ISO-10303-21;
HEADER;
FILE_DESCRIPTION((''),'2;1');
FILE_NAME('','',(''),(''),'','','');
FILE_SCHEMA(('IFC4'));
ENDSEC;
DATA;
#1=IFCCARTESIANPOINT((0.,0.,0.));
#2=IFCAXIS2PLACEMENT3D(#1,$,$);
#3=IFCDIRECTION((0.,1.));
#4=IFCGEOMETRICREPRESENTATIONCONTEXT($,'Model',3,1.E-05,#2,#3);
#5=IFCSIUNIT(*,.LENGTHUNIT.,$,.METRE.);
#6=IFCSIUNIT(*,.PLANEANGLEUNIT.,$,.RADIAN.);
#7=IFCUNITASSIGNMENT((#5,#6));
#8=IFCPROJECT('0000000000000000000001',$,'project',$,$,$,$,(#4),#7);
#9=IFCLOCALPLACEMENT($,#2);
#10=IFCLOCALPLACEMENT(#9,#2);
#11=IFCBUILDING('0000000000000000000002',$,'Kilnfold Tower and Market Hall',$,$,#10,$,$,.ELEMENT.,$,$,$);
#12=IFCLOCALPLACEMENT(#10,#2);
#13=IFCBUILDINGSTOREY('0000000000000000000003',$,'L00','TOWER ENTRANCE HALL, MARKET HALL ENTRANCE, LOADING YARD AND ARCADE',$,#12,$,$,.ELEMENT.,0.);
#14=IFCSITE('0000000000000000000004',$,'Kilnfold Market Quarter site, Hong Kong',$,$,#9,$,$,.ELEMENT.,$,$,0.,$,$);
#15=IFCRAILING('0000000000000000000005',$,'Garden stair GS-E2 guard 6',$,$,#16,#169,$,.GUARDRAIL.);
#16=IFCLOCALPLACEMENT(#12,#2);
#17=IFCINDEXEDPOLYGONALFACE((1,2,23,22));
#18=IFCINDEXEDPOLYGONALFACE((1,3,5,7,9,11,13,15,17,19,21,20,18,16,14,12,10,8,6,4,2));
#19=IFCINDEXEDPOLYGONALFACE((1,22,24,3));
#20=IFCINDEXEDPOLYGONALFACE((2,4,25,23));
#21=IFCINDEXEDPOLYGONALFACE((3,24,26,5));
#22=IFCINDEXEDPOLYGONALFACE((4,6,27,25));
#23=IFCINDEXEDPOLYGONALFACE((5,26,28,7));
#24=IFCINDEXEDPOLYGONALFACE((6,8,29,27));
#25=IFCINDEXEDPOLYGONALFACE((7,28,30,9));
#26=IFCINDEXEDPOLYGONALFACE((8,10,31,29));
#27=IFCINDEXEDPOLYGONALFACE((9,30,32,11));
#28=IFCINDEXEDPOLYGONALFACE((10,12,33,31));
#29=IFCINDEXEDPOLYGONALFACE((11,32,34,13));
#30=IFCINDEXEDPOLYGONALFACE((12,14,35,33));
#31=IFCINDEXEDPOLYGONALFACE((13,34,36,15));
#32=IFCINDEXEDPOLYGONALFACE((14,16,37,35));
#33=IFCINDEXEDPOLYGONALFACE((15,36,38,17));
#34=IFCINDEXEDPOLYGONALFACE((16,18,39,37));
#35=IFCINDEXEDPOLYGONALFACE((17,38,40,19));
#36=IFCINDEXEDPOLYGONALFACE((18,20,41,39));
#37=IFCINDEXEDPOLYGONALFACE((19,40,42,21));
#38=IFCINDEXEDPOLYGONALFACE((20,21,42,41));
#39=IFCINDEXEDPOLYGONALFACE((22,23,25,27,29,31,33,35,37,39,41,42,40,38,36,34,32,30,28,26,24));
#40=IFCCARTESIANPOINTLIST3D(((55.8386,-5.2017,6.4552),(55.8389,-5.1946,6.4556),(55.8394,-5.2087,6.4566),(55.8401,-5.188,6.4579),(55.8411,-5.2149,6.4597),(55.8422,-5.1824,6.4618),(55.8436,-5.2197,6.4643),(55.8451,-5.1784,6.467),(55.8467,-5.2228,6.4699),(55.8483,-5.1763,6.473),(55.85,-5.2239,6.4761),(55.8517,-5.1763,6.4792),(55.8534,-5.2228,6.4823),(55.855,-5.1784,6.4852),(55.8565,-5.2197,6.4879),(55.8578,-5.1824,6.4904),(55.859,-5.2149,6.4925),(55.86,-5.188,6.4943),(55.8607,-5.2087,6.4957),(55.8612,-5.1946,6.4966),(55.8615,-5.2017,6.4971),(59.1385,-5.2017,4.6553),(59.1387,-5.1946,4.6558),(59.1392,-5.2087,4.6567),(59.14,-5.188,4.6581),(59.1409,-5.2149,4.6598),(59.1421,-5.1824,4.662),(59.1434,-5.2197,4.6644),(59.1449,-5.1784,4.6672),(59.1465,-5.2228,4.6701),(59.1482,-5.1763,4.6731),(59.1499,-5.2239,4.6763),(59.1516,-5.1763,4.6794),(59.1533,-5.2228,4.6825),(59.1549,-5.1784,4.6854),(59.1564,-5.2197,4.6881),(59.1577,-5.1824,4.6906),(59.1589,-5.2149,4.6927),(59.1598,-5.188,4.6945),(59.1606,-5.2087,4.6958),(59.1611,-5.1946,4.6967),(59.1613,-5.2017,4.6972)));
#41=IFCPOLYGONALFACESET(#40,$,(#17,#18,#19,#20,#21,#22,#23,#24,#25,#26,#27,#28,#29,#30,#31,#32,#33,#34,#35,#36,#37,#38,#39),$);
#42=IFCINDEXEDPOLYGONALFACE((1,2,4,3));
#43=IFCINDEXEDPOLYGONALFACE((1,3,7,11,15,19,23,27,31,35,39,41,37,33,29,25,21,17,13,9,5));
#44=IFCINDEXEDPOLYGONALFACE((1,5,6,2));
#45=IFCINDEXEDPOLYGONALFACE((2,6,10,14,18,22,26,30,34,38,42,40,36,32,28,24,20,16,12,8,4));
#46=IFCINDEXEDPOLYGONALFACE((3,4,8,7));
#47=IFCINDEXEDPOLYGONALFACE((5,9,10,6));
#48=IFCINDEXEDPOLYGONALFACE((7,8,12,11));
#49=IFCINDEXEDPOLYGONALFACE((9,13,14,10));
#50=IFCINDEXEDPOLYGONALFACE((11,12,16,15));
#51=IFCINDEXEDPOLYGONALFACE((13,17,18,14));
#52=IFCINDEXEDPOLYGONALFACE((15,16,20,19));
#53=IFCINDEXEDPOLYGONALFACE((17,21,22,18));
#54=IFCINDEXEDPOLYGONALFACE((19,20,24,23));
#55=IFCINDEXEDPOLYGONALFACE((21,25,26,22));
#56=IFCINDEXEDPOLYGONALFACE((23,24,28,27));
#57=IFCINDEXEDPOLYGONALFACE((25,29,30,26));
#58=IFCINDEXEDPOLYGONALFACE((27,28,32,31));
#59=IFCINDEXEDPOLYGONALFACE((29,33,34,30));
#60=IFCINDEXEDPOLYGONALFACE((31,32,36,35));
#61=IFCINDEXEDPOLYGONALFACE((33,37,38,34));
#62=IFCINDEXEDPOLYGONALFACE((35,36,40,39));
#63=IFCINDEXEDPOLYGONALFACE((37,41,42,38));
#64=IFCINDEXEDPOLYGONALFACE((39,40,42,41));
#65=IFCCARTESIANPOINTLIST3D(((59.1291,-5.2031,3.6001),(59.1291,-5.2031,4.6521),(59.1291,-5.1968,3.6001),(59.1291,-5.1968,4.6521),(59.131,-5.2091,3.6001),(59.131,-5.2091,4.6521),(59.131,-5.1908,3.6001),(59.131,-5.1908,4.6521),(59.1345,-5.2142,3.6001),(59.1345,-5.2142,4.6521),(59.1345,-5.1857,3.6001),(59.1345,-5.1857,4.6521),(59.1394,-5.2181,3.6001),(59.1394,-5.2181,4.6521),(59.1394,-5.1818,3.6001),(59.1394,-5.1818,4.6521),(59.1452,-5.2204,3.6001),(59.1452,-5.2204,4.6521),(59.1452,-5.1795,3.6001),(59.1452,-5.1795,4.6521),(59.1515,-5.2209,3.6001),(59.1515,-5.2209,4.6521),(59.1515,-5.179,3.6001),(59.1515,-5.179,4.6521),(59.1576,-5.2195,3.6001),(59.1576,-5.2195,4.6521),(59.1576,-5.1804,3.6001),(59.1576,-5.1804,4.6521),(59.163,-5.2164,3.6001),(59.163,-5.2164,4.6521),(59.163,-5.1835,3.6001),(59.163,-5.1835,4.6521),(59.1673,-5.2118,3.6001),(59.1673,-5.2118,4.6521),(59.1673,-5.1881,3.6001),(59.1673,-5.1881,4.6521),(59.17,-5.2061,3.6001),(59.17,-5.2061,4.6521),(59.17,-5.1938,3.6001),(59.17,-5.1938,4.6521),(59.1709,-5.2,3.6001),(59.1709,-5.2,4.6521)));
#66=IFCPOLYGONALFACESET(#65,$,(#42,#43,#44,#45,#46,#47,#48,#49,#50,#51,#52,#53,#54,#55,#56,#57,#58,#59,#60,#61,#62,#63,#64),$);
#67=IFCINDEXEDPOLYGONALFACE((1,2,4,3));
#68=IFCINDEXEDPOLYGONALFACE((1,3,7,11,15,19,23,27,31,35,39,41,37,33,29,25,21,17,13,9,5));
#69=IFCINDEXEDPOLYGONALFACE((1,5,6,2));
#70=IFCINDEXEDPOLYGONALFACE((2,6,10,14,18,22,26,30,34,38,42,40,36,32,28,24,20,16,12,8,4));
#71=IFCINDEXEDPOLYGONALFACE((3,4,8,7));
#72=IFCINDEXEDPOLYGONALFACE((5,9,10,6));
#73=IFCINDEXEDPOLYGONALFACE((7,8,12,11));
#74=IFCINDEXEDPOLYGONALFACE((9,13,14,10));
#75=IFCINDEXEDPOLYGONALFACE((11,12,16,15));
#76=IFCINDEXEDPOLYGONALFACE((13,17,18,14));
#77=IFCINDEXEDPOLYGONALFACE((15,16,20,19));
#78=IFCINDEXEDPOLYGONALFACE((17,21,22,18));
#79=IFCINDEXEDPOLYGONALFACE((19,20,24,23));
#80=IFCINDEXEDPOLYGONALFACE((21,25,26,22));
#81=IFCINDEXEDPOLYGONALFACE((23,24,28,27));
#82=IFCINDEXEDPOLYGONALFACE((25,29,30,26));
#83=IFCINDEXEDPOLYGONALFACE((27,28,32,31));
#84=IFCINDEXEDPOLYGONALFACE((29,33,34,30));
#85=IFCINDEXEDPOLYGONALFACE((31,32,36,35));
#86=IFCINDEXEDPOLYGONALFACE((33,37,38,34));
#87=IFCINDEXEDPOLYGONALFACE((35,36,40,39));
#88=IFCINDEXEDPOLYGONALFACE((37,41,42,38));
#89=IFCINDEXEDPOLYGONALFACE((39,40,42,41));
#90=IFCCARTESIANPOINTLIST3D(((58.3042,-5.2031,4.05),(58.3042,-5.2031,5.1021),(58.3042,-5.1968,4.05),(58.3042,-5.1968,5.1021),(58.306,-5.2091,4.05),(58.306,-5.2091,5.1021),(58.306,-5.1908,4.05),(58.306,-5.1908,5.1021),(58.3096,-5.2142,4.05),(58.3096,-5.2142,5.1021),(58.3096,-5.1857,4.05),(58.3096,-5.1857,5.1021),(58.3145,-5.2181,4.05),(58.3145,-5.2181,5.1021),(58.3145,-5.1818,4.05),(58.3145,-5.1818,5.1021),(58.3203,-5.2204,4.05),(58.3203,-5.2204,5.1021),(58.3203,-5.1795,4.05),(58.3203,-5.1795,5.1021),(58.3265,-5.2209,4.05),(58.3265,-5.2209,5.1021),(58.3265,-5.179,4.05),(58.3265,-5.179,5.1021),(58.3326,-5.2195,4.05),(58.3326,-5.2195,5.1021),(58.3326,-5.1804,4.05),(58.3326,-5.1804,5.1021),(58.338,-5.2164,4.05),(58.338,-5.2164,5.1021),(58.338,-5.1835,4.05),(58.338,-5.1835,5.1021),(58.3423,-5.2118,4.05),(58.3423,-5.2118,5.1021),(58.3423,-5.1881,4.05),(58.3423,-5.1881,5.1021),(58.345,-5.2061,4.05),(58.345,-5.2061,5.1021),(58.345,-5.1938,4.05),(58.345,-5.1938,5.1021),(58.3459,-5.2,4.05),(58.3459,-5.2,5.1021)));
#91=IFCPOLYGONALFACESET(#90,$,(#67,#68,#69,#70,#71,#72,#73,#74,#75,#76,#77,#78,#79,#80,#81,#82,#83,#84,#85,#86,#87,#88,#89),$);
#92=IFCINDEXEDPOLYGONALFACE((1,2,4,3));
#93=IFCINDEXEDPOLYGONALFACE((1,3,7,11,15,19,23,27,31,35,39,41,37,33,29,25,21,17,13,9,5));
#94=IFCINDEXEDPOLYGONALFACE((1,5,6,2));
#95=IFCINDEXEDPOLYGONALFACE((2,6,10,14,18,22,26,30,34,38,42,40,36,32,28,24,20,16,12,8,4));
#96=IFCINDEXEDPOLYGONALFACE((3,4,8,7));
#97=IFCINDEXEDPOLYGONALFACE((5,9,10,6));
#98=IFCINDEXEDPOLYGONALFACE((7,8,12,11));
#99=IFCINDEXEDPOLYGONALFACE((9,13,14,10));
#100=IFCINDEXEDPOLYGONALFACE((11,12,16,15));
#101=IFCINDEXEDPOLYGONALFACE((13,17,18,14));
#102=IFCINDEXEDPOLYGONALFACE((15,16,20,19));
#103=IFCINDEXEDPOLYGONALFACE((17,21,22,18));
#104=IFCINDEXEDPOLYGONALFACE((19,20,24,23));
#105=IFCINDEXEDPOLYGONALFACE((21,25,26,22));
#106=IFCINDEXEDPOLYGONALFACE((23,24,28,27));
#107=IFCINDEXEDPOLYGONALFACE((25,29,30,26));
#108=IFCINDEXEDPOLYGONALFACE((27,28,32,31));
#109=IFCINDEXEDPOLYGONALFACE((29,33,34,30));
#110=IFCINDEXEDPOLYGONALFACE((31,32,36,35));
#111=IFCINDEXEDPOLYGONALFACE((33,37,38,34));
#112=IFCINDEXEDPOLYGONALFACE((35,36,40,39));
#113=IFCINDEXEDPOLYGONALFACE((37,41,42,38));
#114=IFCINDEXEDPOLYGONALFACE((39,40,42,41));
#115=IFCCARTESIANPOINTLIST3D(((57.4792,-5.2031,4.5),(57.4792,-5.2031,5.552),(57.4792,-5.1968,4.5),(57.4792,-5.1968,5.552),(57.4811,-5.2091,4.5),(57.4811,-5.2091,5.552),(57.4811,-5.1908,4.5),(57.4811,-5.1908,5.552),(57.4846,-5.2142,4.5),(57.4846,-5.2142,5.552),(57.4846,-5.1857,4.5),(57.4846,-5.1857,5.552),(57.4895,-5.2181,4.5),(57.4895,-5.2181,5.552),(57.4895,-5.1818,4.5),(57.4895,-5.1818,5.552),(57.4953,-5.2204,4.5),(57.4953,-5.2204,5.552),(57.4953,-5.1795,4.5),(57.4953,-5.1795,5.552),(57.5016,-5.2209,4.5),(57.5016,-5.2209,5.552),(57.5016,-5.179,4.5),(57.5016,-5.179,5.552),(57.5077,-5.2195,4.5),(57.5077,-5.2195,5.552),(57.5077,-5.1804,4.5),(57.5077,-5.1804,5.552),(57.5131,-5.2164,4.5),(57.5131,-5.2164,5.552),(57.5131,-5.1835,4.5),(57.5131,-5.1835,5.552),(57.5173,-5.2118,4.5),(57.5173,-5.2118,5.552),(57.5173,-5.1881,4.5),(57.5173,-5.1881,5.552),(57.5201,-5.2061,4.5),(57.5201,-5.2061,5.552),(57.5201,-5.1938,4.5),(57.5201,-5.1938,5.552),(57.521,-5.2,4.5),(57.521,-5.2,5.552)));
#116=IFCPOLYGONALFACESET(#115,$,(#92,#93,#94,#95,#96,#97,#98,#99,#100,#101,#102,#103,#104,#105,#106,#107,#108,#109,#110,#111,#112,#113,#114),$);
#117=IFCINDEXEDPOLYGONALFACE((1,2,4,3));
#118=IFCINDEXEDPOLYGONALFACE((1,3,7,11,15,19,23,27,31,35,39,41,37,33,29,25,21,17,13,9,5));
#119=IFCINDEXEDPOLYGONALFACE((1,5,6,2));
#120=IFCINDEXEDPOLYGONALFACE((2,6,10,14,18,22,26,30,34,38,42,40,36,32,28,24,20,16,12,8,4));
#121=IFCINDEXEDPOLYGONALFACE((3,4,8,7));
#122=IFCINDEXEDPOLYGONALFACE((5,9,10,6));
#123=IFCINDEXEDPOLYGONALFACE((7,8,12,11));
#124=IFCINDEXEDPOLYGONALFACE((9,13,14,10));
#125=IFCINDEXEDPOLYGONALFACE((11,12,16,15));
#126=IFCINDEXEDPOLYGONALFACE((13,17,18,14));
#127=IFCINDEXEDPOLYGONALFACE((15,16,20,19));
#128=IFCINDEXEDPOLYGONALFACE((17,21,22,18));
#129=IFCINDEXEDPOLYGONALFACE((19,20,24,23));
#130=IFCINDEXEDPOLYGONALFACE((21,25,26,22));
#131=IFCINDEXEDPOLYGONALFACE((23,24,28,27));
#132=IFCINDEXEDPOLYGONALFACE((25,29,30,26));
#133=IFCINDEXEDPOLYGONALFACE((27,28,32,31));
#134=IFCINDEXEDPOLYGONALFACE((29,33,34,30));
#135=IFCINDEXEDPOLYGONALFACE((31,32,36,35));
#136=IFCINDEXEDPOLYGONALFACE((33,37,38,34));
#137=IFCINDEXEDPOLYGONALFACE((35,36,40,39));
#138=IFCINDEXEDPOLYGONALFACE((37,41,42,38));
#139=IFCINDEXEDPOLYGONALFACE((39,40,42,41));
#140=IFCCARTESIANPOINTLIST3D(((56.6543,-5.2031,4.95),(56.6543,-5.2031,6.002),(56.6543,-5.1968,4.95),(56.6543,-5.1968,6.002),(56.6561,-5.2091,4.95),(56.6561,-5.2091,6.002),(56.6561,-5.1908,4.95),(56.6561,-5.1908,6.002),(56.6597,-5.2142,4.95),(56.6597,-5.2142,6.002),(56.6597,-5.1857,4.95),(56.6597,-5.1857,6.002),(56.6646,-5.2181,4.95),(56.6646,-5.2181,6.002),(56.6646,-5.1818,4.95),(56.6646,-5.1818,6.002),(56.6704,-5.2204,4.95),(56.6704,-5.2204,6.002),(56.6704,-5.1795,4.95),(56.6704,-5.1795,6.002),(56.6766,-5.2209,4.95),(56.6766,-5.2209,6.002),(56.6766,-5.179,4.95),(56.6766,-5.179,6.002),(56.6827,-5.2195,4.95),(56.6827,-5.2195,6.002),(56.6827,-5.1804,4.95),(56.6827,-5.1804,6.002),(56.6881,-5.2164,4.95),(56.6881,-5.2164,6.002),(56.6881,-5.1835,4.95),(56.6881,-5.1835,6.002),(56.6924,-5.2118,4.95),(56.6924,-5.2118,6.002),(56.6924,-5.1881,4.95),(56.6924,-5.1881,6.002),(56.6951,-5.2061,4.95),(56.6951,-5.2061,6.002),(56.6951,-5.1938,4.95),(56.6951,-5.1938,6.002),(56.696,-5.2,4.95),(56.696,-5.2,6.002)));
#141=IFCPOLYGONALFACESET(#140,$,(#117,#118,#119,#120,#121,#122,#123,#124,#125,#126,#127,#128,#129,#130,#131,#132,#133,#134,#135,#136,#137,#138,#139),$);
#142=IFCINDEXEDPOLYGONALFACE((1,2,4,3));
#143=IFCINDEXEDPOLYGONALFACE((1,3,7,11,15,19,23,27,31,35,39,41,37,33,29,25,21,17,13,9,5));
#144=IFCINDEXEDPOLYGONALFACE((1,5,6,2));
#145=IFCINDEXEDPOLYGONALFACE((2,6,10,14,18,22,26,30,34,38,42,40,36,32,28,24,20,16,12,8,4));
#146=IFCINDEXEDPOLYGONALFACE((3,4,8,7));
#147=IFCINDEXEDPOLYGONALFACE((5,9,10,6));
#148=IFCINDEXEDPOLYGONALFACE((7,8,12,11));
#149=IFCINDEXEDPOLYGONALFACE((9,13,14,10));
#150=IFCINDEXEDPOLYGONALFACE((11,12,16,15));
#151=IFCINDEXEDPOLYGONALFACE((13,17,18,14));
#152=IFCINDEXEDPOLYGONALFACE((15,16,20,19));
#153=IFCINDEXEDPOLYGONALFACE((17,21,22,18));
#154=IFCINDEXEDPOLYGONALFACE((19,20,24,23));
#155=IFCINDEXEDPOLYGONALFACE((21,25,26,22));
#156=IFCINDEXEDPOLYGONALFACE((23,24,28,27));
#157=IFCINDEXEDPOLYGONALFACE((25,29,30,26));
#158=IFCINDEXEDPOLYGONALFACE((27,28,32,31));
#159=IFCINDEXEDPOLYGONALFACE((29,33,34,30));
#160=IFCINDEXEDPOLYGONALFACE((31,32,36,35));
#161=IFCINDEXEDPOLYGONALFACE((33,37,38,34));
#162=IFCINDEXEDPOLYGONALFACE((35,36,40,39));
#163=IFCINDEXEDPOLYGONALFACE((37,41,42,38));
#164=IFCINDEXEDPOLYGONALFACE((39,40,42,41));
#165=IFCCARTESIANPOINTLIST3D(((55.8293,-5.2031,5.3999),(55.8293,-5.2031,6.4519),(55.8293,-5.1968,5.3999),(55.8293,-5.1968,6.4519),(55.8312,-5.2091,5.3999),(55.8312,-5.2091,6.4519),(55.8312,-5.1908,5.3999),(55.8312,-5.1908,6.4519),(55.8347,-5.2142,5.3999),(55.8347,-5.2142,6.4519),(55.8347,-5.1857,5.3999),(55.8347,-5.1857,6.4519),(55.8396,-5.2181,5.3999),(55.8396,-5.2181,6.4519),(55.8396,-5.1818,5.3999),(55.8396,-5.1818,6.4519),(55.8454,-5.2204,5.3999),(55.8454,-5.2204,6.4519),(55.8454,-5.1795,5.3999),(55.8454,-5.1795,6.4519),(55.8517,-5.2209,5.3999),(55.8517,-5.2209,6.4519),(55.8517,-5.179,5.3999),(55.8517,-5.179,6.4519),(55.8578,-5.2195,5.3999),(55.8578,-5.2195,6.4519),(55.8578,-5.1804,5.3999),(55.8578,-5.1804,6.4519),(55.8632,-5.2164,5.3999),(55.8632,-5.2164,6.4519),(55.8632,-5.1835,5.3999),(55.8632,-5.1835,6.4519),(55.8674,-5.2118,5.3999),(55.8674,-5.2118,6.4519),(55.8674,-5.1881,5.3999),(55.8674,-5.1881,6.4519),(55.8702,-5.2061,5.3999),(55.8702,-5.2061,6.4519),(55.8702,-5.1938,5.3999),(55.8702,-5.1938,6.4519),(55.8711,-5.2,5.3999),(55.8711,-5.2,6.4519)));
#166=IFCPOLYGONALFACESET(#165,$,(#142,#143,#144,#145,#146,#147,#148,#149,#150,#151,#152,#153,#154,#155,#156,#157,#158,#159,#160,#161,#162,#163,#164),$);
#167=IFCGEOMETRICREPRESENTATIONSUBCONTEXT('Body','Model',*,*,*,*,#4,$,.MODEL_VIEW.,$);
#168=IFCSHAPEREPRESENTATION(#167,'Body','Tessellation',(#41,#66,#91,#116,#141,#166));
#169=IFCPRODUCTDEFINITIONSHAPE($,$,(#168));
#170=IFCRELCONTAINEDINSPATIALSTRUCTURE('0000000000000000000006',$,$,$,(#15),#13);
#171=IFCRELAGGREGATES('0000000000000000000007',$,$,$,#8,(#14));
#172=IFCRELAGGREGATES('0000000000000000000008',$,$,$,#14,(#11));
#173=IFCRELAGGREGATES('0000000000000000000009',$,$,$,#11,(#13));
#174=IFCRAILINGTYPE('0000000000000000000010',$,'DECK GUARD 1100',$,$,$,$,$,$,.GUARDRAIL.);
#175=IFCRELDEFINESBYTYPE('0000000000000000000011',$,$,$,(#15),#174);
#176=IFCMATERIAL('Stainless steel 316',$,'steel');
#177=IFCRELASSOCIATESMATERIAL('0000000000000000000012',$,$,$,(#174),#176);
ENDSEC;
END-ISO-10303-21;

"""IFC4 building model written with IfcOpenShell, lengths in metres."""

from ifc_helpers import new_model, si_unit, direction, frame, origin, origin_2d, place, context, subcontext, project, spatial, circle, extrude, material, type_object, element, save


model = new_model("IFC4")

# Units and contexts
model_context = context("Model", 3, precision=1e-05, world=origin(), true_north=direction((0.0, 1.0)))
body_context = subcontext(model_context, "Body", "Model", "MODEL_VIEW")
ifc_project = project(units=[si_unit("LENGTHUNIT", "METRE"), si_unit("PLANEANGLEUNIT", "RADIAN")], contexts=[model_context])

# Site, building, storey
site_placement = place(None, origin())
site = spatial("IfcSite", under=ifc_project, at=site_placement, Name="Kilnfold Market Quarter site, Hong Kong", CompositionType="ELEMENT", RefElevation=0.0)
building_placement = place(site_placement, origin())
building = spatial("IfcBuilding", under=site, at=building_placement, Name="Kilnfold Tower and Market Hall", CompositionType="ELEMENT")
storey_placement = place(building_placement, origin())
storey = spatial("IfcBuildingStorey", under=building, at=storey_placement, Name="L00", Description="TOWER ENTRANCE HALL, MARKET HALL ENTRANCE, LOADING YARD AND ARCADE", CompositionType="ELEMENT", Elevation=0.0)

# Railing
ifc_material_1 = material(Name="Stainless steel 316", Category="steel")
railing_type_1 = type_object("IfcRailingType", Name="DECK GUARD 1100", PredefinedType="GUARDRAIL", material=ifc_material_1)
railing_1_placement = place(storey_placement, frame((59.1499, -5.2, 3.6001)))
element("IfcRailing", 1, at=railing_1_placement, inside=storey, type_object=railing_type_1, Name="Garden stair GS-E2 guard 6", PredefinedType="GUARDRAIL", context=body_context, shape_type="SweptSolid", body=[
    extrude(circle(Radius=0.0239, at=origin_2d()), frame((0.0, 0.0, 1.0762), z_axis=(-0.877906, 0.0, 0.478834), x_axis=(0.0, -1.0, 0.0)), (0.0, 0.0, 1.0), 3.7588),
    extrude(circle(Radius=0.021, at=origin_2d()), origin(), (0.0, 0.0, 1.0), 1.052),
    extrude(circle(Radius=0.021, at=origin_2d()), frame((-0.825, 0.0, 0.45)), (0.0, 0.0, 1.0), 1.052),
    extrude(circle(Radius=0.021, at=origin_2d()), frame((-1.6499, 0.0, 0.8999)), (0.0, 0.0, 1.0), 1.052),
    extrude(circle(Radius=0.021, at=origin_2d()), frame((-2.4749, 0.0, 1.3499)), (0.0, 0.0, 1.0), 1.052),
    extrude(circle(Radius=0.021, at=origin_2d()), frame((-3.2998, 0.0, 1.7998)), (0.0, 0.0, 1.0), 1.052),
])

save(model, "model.ifc")
